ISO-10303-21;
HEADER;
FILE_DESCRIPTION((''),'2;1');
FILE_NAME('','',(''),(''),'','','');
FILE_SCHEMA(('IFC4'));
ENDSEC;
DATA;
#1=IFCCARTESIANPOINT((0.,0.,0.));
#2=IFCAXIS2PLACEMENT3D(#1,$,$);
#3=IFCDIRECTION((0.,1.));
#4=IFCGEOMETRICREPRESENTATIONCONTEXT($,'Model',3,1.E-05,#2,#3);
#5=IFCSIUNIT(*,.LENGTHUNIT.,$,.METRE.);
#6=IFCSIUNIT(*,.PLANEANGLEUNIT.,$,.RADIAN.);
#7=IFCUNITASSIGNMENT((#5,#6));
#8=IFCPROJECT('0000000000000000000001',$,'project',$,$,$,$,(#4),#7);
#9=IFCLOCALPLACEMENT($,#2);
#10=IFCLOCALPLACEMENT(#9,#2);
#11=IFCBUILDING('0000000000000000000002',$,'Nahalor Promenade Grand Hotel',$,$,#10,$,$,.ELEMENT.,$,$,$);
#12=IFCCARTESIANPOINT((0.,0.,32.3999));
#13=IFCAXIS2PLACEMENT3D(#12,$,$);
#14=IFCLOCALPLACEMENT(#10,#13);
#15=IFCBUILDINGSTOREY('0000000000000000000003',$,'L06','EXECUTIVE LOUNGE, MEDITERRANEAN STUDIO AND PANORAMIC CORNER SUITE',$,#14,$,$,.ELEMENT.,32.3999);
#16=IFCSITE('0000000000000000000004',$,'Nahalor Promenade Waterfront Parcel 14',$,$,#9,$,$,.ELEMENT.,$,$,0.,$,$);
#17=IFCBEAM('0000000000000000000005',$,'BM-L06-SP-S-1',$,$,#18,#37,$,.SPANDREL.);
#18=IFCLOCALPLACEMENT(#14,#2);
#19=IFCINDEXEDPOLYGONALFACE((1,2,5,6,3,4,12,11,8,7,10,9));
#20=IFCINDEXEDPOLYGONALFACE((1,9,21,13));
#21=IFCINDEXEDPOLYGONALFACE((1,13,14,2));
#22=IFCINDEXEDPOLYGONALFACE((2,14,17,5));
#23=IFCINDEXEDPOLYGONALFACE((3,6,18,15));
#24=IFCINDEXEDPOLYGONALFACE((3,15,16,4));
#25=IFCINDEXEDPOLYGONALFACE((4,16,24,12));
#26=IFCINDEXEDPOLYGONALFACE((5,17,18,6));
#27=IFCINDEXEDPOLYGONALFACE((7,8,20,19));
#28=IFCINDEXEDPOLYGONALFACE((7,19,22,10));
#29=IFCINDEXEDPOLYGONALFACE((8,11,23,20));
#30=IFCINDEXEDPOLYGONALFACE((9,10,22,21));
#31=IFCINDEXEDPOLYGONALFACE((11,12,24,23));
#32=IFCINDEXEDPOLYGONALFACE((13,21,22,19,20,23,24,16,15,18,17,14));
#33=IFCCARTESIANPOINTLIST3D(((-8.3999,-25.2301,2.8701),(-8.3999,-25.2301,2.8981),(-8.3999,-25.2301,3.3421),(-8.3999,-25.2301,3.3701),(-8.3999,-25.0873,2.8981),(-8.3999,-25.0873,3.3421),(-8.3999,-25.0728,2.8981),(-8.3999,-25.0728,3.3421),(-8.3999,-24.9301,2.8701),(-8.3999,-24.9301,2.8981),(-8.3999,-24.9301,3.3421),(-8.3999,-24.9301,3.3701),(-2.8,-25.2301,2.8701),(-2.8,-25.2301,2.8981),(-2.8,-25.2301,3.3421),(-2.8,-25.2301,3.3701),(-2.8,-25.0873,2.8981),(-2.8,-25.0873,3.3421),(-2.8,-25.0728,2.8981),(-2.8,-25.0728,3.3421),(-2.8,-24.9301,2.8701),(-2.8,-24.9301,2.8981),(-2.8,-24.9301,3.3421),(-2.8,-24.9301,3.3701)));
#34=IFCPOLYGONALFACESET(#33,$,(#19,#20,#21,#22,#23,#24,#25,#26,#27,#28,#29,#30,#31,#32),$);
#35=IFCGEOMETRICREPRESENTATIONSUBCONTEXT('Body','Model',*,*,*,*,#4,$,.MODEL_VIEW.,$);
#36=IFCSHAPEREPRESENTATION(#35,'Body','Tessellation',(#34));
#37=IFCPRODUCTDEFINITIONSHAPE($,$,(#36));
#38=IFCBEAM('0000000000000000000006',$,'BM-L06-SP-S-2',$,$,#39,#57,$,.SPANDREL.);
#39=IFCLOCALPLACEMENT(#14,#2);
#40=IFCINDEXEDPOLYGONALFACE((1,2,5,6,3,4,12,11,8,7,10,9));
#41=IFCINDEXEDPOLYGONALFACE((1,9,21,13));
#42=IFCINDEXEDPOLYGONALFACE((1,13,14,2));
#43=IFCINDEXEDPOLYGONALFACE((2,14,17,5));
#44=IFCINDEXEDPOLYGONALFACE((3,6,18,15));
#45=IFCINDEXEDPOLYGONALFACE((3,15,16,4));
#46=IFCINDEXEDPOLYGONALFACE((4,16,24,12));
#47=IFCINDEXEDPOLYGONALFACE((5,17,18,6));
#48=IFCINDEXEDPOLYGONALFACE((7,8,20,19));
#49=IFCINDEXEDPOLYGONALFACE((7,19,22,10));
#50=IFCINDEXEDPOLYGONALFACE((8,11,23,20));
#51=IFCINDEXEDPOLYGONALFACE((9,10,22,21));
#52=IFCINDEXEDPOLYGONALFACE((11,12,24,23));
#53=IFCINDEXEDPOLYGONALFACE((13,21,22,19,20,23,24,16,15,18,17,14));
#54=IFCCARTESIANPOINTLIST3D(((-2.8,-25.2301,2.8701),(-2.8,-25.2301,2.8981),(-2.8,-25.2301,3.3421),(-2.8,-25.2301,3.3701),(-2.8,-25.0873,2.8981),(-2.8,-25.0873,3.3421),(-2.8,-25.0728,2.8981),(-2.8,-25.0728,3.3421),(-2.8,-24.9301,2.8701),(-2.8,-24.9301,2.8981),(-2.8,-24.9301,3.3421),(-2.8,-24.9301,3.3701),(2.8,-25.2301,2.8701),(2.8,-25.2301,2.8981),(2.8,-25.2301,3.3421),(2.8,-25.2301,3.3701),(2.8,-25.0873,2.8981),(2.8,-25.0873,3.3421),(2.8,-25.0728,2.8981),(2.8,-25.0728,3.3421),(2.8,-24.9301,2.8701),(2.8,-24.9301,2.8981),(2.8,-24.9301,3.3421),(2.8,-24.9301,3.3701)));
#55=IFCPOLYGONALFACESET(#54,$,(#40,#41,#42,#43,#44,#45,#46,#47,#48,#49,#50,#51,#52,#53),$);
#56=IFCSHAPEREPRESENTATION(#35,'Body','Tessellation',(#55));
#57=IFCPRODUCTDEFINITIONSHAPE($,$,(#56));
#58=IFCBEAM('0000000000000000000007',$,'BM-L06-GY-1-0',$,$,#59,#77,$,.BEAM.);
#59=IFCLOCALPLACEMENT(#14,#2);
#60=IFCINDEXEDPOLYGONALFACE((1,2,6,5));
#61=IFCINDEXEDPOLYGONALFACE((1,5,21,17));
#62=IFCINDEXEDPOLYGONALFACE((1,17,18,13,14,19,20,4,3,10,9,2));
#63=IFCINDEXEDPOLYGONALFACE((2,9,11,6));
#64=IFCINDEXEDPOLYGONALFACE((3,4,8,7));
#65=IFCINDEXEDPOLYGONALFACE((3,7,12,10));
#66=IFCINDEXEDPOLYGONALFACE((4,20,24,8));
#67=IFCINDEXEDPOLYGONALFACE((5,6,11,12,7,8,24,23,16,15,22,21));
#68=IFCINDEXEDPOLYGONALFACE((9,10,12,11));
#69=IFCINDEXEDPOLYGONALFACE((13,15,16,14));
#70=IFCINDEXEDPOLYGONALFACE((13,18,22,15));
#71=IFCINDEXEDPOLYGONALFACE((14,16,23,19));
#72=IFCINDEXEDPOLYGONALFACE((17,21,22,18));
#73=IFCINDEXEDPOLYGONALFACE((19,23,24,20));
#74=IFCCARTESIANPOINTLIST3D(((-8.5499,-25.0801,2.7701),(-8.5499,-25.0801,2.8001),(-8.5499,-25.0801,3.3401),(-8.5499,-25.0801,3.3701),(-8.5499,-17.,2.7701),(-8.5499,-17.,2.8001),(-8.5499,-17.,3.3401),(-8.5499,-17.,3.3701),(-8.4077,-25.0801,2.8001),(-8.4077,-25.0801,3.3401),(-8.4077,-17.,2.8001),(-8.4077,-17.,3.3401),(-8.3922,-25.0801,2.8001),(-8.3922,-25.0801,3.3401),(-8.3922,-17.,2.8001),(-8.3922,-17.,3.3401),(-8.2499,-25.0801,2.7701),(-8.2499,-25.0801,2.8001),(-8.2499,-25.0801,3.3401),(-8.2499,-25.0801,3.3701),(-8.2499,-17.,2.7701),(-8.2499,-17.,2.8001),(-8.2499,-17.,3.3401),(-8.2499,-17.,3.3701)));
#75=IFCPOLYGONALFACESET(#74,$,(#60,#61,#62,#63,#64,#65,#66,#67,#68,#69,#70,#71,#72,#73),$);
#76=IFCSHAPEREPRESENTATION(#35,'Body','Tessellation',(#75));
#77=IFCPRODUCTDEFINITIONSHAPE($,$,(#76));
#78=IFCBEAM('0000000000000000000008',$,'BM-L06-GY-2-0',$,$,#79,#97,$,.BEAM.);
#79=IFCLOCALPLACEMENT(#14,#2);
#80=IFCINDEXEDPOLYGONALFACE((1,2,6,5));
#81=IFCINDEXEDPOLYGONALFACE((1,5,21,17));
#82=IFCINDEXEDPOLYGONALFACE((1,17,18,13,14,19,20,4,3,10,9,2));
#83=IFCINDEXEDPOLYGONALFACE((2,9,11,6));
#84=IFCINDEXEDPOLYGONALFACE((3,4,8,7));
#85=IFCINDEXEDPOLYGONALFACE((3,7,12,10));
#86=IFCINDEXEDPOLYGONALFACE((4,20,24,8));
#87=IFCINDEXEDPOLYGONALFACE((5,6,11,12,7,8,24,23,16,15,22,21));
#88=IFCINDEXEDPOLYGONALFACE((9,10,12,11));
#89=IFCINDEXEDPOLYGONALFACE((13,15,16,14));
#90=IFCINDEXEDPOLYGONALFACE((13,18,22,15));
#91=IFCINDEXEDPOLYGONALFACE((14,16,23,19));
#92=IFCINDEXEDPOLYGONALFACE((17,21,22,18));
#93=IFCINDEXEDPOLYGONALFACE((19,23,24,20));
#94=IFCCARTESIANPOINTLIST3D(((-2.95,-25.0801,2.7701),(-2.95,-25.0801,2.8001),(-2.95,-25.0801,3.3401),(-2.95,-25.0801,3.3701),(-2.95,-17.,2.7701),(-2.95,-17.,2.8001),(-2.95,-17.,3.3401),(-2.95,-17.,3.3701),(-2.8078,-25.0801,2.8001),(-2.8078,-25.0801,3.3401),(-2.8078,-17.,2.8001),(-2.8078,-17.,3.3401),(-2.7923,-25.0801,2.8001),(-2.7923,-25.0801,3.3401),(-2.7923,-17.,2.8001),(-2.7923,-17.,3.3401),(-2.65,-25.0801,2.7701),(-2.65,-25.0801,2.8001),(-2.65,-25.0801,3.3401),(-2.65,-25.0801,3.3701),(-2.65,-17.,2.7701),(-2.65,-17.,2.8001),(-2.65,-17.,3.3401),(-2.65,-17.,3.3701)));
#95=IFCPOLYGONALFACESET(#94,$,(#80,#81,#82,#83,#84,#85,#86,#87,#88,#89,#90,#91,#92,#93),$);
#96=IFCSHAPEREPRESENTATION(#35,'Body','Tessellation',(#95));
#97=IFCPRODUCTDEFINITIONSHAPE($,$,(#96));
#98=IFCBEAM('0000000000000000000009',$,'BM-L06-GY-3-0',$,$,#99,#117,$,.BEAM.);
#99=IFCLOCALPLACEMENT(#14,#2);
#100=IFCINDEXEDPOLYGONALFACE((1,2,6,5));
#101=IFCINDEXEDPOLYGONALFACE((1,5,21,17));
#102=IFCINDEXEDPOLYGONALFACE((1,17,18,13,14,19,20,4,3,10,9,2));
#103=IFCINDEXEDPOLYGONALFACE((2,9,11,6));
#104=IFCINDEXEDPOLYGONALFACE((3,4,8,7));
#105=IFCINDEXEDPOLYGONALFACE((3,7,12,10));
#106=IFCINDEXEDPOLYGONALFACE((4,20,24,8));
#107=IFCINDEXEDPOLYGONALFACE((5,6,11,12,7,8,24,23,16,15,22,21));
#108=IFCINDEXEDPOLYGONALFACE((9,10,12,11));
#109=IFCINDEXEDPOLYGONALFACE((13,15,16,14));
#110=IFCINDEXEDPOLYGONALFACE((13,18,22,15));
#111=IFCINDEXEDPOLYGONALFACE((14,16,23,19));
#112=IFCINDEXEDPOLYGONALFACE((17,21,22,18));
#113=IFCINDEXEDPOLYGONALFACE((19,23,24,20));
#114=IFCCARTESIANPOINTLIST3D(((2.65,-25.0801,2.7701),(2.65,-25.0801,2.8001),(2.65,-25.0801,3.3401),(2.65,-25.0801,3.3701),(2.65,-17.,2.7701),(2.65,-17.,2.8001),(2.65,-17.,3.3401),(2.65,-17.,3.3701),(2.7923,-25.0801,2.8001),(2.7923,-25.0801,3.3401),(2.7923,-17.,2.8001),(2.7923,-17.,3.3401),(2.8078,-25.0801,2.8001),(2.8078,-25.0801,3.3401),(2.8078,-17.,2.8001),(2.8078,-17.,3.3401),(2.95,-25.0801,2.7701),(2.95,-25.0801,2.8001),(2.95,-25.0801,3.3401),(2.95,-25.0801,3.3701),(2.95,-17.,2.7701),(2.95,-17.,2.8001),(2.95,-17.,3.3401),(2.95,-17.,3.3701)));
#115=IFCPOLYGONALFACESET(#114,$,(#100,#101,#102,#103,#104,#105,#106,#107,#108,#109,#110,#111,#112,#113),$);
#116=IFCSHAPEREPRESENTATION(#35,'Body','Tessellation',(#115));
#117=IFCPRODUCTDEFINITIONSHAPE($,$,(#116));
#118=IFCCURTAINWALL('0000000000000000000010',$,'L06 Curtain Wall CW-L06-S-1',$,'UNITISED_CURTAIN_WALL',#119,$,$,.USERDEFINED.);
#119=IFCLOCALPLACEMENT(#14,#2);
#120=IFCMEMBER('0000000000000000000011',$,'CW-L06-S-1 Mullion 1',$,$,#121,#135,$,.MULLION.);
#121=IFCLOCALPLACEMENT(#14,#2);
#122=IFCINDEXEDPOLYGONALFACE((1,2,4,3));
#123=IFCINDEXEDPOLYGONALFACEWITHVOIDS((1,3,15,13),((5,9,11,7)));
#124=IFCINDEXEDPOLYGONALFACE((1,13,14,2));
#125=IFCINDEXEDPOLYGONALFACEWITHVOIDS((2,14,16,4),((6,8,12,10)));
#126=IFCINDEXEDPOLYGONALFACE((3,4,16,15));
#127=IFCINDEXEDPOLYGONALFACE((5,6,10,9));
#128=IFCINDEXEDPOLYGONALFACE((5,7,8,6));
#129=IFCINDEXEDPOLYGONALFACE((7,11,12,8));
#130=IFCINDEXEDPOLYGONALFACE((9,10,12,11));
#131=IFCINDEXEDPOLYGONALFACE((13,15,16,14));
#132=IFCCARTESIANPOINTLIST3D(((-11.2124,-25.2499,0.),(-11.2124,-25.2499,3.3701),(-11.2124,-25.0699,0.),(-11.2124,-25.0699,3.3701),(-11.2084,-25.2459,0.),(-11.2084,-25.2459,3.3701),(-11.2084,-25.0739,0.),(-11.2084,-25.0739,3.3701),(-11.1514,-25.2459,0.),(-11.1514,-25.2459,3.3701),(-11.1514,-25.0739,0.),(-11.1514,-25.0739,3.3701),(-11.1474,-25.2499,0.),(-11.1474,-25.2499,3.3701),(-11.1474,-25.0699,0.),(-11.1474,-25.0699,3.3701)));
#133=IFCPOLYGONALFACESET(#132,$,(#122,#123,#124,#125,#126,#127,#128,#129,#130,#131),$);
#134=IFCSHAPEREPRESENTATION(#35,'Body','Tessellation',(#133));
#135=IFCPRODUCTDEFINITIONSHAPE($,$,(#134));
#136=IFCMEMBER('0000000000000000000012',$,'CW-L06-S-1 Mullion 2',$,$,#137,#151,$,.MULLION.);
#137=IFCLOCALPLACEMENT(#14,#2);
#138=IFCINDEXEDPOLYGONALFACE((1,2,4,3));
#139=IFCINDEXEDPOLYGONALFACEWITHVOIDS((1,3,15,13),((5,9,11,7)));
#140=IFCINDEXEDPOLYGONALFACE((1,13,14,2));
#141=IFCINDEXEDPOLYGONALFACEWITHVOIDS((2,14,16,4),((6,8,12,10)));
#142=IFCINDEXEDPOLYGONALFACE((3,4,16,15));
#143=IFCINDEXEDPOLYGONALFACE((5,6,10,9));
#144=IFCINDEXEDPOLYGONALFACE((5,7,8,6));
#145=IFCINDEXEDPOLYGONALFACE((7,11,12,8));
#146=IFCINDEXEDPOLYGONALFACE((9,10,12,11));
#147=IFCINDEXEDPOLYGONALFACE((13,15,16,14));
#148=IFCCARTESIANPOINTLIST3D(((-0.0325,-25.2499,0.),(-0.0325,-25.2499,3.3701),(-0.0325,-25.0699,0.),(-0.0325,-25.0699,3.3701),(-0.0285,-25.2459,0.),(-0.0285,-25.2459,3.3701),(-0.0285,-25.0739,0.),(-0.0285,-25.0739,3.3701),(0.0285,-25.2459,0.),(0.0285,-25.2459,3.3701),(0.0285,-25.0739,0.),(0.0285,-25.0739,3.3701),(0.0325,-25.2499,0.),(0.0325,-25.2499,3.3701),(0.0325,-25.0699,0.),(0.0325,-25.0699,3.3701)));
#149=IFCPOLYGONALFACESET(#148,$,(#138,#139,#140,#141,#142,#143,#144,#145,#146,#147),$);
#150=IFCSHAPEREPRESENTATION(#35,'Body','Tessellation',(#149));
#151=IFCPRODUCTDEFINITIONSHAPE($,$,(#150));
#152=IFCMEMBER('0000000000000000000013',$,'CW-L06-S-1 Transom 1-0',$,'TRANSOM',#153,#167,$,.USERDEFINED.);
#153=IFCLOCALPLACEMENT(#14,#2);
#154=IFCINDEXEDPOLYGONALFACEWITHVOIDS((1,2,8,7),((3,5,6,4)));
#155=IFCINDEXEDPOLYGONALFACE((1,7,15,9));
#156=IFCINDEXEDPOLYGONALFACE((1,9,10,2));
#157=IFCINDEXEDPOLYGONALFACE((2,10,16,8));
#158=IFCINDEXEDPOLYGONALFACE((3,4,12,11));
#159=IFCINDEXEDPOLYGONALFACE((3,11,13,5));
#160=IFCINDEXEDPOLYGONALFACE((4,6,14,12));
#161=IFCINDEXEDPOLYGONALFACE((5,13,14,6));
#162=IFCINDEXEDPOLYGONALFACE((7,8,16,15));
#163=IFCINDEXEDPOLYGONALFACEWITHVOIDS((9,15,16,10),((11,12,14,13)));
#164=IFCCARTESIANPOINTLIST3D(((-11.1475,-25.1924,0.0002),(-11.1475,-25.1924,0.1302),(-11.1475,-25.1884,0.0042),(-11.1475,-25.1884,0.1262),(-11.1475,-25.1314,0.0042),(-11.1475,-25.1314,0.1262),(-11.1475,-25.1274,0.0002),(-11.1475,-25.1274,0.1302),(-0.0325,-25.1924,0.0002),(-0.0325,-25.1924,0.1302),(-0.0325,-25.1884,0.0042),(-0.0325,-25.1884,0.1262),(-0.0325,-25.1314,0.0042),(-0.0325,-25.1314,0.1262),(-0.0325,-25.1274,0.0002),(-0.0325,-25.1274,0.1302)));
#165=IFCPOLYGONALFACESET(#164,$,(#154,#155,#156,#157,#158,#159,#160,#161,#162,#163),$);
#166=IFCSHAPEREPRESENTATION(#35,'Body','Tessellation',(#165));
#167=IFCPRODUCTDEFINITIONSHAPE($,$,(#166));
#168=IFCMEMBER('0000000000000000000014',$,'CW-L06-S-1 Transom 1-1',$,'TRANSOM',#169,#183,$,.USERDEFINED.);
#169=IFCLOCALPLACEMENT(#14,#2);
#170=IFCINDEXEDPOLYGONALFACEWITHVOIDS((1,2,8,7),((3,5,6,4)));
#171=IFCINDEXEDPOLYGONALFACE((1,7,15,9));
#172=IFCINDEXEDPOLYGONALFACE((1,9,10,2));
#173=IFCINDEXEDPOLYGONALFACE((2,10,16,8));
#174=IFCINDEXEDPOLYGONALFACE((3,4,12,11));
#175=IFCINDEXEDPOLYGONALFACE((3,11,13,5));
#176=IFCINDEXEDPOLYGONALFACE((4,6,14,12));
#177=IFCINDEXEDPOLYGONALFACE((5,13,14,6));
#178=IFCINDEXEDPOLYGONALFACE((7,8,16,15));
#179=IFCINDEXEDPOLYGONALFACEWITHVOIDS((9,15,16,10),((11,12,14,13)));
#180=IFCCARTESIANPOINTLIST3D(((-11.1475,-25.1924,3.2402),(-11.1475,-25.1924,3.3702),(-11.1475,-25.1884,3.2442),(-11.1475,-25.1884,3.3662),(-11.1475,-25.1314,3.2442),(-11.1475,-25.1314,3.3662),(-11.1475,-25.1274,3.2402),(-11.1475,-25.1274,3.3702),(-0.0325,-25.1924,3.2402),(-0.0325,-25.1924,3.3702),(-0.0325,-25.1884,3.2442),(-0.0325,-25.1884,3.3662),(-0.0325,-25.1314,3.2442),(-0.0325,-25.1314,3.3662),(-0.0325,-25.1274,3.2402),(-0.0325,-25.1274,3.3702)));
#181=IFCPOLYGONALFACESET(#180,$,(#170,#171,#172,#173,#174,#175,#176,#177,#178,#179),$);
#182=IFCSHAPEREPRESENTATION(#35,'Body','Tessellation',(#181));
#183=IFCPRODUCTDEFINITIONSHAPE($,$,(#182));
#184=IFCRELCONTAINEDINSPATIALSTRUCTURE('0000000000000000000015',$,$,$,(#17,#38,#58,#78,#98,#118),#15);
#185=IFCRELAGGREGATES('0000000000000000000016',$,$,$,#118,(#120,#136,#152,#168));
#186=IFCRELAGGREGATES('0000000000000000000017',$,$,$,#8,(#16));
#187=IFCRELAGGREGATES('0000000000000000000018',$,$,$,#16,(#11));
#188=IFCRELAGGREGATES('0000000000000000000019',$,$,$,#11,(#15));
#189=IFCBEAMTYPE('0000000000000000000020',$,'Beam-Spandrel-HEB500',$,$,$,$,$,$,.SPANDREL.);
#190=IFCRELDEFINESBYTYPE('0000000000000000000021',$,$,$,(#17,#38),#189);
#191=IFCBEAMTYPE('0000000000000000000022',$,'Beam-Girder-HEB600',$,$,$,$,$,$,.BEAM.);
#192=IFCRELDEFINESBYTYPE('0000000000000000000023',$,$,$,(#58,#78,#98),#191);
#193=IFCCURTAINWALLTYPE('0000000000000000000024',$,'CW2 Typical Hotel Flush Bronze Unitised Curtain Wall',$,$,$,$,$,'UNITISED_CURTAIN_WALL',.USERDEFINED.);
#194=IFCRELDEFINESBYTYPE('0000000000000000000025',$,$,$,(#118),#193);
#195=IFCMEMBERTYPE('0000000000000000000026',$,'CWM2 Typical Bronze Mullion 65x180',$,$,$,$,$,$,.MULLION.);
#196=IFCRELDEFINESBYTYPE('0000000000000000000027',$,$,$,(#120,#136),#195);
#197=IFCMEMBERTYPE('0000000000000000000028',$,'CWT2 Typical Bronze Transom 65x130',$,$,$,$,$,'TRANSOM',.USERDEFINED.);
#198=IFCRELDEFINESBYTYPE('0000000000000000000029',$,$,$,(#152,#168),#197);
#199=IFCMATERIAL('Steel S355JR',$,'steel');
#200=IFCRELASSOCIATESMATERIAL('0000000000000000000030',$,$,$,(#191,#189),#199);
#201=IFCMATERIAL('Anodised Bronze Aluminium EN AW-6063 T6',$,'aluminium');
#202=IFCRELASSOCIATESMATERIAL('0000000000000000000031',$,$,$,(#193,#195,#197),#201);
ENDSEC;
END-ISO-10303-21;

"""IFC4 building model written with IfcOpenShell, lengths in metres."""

from ifc_helpers import new_model, si_unit, direction, frame, origin, origin_2d, place, context, subcontext, project, spatial, hollow_rectangle, i_section, extrude, source, transform, mapped, material, material_profile, profile_set, type_object, element, aggregate, save


model = new_model("IFC4")

# Units and contexts
model_context = context("Model", 3, precision=1e-05, world=origin(), true_north=direction((0.0, 1.0)))
body_context = subcontext(model_context, "Body", "Model", "MODEL_VIEW")
ifc_project = project(units=[si_unit("LENGTHUNIT", "METRE"), si_unit("PLANEANGLEUNIT", "RADIAN")], contexts=[model_context])

# Site, building, storey
site_placement = place(None, origin())
site = spatial("IfcSite", under=ifc_project, at=site_placement, Name="Nahalor Promenade Waterfront Parcel 14", CompositionType="ELEMENT", RefElevation=0.0)
building_placement = place(site_placement, origin())
building = spatial("IfcBuilding", under=site, at=building_placement, Name="Nahalor Promenade Grand Hotel", CompositionType="ELEMENT")
storey_placement = place(building_placement, frame((0.0, 0.0, 32.3999)))
storey = spatial("IfcBuildingStorey", under=building, at=storey_placement, Name="L06", Description="EXECUTIVE LOUNGE, MEDITERRANEAN STUDIO AND PANORAMIC CORNER SUITE", CompositionType="ELEMENT", Elevation=32.3999)

# Beams
ifc_material_1 = material(Name="Steel S355JR", Category="steel")
ifc_material_profile_1 = material_profile(ifc_material_1, i_section(OverallWidth=0.3, OverallDepth=0.6, WebThickness=0.0155, FlangeThickness=0.03, at=origin_2d()), Name="HEB 600")
ifc_profile_set_1 = profile_set([ifc_material_profile_1], Name="Steel S355JR")
beam_type_1 = type_object("IfcBeamType", Name="Beam-Girder-HEB600", PredefinedType="BEAM", material=ifc_profile_set_1)
ifc_material_profile_2 = material_profile(ifc_material_1, i_section(OverallWidth=0.3, OverallDepth=0.5, WebThickness=0.0145, FlangeThickness=0.028, at=origin_2d()), Name="HEB 500")
ifc_profile_set_2 = profile_set([ifc_material_profile_2], Name="Steel S355JR")
beam_type_2 = type_object("IfcBeamType", Name="Beam-Spandrel-HEB500", PredefinedType="SPANDREL", material=ifc_profile_set_2)
shared_shape_1 = source(origin(), body_context, "Body", "SweptSolid", [
    extrude(i_section(OverallWidth=0.3, OverallDepth=0.5, WebThickness=0.0145, FlangeThickness=0.028, at=origin_2d()), origin(), (0.0, 0.0, 1.0), 5.5999),
])
beam_1_placement = place(storey_placement, frame((-8.3999, -25.0801, 3.1201), z_axis=(1.0, 0.0, 0.0), x_axis=(0.0, 1.0, 0.0)))
element("IfcBeam", 1, at=beam_1_placement, inside=storey, type_object=beam_type_2, Name="BM-L06-SP-S-1", PredefinedType="SPANDREL", context=body_context, shape_type="MappedRepresentation", body=[
    mapped(shared_shape_1, transform((0.0, 0.0, 0.0), scale=1.0)),
])
shared_shape_2 = source(origin(), body_context, "Body", "SweptSolid", [
    extrude(i_section(OverallWidth=0.3, OverallDepth=0.5, WebThickness=0.0145, FlangeThickness=0.028, at=origin_2d()), origin(), (0.0, 0.0, 1.0), 5.6001),
])
beam_2_placement = place(storey_placement, frame((-2.8, -25.0801, 3.1201), z_axis=(1.0, 0.0, 0.0), x_axis=(0.0, 1.0, 0.0)))
element("IfcBeam", 2, at=beam_2_placement, inside=storey, type_object=beam_type_2, Name="BM-L06-SP-S-2", PredefinedType="SPANDREL", context=body_context, shape_type="MappedRepresentation", body=[
    mapped(shared_shape_2, transform((0.0, 0.0, 0.0), scale=1.0)),
])
shared_shape_3 = source(origin(), body_context, "Body", "SweptSolid", [
    extrude(i_section(OverallWidth=0.3, OverallDepth=0.6, WebThickness=0.0155, FlangeThickness=0.03, at=origin_2d()), origin(), (0.0, 0.0, 1.0), 8.0801),
])
for number, where, z_axis, x_axis, name in (
    (3, (-8.3999, -25.0801, 3.0701), (0.0, 1.0, 0.0), (-1.0, 0.0, 0.0), "BM-L06-GY-1-0"),
    (4, (-2.8, -25.0801, 3.0701), (0.0, 1.0, 0.0), (-1.0, 0.0, 0.0), "BM-L06-GY-2-0"),
    (5, (2.8, -25.0801, 3.0701), (0.0, 1.0, 0.0), (-1.0, 0.0, 0.0), "BM-L06-GY-3-0"),
):
    element("IfcBeam", number, at=place(storey_placement, frame(where, z_axis=z_axis, x_axis=x_axis)), inside=storey, type_object=beam_type_1, Name=name, PredefinedType="BEAM", context=body_context, shape_type="MappedRepresentation", body=[
        mapped(shared_shape_3, transform((0.0, 0.0, 0.0), scale=1.0)),
    ])

# Curtain wall, members
ifc_material_2 = material(Name="Anodised Bronze Aluminium EN AW-6063 T6", Category="aluminium")
curtain_wall_type = type_object("IfcCurtainWallType", Name="CW2 Typical Hotel Flush Bronze Unitised Curtain Wall", ElementType="UNITISED_CURTAIN_WALL", PredefinedType="USERDEFINED", material=ifc_material_2)
curtain_wall_placement = place(storey_placement, origin())
curtain_wall = element("IfcCurtainWall", 6, at=curtain_wall_placement, inside=storey, type_object=curtain_wall_type, Name="L06 Curtain Wall CW-L06-S-1", ObjectType="UNITISED_CURTAIN_WALL", PredefinedType="USERDEFINED")
ifc_material_profile_3 = material_profile(ifc_material_2, hollow_rectangle(XDim=0.065, YDim=0.18, WallThickness=0.004, at=origin_2d()), Name="CWM 65x180x4")
ifc_profile_set_3 = profile_set([ifc_material_profile_3], Name="Anodised Bronze Aluminium EN AW-6063 T6")
member_type_1 = type_object("IfcMemberType", Name="CWM2 Typical Bronze Mullion 65x180", PredefinedType="MULLION", material=ifc_profile_set_3)
shared_shape_4 = source(origin(), body_context, "Body", "SweptSolid", [
    extrude(hollow_rectangle(XDim=0.065, YDim=0.18, WallThickness=0.004, at=origin_2d()), origin(), (0.0, 0.0, 1.0), 3.3701),
])
member_1_placement = place(storey_placement, frame((-11.1799, -25.1599, 0.0), z_axis=(0.0, 0.0, 1.0), x_axis=(1.0, 0.0, 0.0)))
member_1 = element("IfcMember", 7, at=member_1_placement, type_object=member_type_1, Name="CW-L06-S-1 Mullion 1", PredefinedType="MULLION", context=body_context, shape_type="MappedRepresentation", body=[
    mapped(shared_shape_4, transform((0.0, 0.0, 0.0), scale=1.0)),
])
member_2_placement = place(storey_placement, frame((0.0, -25.1599, 0.0), z_axis=(0.0, 0.0, 1.0), x_axis=(1.0, 0.0, 0.0)))
member_2 = element("IfcMember", 8, at=member_2_placement, type_object=member_type_1, Name="CW-L06-S-1 Mullion 2", PredefinedType="MULLION", context=body_context, shape_type="MappedRepresentation", body=[
    mapped(shared_shape_4, transform((0.0, 0.0, 0.0), scale=1.0)),
])
ifc_material_profile_4 = material_profile(ifc_material_2, hollow_rectangle(XDim=0.065, YDim=0.13, WallThickness=0.004, at=origin_2d()), Name="CWT 65x130x4")
ifc_profile_set_4 = profile_set([ifc_material_profile_4], Name="Anodised Bronze Aluminium EN AW-6063 T6")
member_type_2 = type_object("IfcMemberType", Name="CWT2 Typical Bronze Transom 65x130", ElementType="TRANSOM", PredefinedType="USERDEFINED", material=ifc_profile_set_4)
shared_shape_5 = source(origin(), body_context, "Body", "SweptSolid", [
    extrude(hollow_rectangle(XDim=0.065, YDim=0.13, WallThickness=0.004, at=origin_2d()), origin(), (0.0, 0.0, 1.0), 11.115),
])
member_3_placement = place(storey_placement, frame((-11.1475, -25.1599, 0.0652), z_axis=(1.0, 0.0, 0.0), x_axis=(0.0, 1.0, 0.0)))
member_3 = element("IfcMember", 9, at=member_3_placement, type_object=member_type_2, Name="CW-L06-S-1 Transom 1-0", ObjectType="TRANSOM", PredefinedType="USERDEFINED", context=body_context, shape_type="MappedRepresentation", body=[
    mapped(shared_shape_5, transform((0.0, 0.0, 0.0), scale=1.0)),
])
member_4_placement = place(storey_placement, frame((-11.1475, -25.1599, 3.3052), z_axis=(1.0, 0.0, 0.0), x_axis=(0.0, 1.0, 0.0)))
member_4 = element("IfcMember", 10, at=member_4_placement, type_object=member_type_2, Name="CW-L06-S-1 Transom 1-1", ObjectType="TRANSOM", PredefinedType="USERDEFINED", context=body_context, shape_type="MappedRepresentation", body=[
    mapped(shared_shape_5, transform((0.0, 0.0, 0.0), scale=1.0)),
])
aggregate(curtain_wall, [member_1, member_2, member_3, member_4])

save(model, "model.ifc")
